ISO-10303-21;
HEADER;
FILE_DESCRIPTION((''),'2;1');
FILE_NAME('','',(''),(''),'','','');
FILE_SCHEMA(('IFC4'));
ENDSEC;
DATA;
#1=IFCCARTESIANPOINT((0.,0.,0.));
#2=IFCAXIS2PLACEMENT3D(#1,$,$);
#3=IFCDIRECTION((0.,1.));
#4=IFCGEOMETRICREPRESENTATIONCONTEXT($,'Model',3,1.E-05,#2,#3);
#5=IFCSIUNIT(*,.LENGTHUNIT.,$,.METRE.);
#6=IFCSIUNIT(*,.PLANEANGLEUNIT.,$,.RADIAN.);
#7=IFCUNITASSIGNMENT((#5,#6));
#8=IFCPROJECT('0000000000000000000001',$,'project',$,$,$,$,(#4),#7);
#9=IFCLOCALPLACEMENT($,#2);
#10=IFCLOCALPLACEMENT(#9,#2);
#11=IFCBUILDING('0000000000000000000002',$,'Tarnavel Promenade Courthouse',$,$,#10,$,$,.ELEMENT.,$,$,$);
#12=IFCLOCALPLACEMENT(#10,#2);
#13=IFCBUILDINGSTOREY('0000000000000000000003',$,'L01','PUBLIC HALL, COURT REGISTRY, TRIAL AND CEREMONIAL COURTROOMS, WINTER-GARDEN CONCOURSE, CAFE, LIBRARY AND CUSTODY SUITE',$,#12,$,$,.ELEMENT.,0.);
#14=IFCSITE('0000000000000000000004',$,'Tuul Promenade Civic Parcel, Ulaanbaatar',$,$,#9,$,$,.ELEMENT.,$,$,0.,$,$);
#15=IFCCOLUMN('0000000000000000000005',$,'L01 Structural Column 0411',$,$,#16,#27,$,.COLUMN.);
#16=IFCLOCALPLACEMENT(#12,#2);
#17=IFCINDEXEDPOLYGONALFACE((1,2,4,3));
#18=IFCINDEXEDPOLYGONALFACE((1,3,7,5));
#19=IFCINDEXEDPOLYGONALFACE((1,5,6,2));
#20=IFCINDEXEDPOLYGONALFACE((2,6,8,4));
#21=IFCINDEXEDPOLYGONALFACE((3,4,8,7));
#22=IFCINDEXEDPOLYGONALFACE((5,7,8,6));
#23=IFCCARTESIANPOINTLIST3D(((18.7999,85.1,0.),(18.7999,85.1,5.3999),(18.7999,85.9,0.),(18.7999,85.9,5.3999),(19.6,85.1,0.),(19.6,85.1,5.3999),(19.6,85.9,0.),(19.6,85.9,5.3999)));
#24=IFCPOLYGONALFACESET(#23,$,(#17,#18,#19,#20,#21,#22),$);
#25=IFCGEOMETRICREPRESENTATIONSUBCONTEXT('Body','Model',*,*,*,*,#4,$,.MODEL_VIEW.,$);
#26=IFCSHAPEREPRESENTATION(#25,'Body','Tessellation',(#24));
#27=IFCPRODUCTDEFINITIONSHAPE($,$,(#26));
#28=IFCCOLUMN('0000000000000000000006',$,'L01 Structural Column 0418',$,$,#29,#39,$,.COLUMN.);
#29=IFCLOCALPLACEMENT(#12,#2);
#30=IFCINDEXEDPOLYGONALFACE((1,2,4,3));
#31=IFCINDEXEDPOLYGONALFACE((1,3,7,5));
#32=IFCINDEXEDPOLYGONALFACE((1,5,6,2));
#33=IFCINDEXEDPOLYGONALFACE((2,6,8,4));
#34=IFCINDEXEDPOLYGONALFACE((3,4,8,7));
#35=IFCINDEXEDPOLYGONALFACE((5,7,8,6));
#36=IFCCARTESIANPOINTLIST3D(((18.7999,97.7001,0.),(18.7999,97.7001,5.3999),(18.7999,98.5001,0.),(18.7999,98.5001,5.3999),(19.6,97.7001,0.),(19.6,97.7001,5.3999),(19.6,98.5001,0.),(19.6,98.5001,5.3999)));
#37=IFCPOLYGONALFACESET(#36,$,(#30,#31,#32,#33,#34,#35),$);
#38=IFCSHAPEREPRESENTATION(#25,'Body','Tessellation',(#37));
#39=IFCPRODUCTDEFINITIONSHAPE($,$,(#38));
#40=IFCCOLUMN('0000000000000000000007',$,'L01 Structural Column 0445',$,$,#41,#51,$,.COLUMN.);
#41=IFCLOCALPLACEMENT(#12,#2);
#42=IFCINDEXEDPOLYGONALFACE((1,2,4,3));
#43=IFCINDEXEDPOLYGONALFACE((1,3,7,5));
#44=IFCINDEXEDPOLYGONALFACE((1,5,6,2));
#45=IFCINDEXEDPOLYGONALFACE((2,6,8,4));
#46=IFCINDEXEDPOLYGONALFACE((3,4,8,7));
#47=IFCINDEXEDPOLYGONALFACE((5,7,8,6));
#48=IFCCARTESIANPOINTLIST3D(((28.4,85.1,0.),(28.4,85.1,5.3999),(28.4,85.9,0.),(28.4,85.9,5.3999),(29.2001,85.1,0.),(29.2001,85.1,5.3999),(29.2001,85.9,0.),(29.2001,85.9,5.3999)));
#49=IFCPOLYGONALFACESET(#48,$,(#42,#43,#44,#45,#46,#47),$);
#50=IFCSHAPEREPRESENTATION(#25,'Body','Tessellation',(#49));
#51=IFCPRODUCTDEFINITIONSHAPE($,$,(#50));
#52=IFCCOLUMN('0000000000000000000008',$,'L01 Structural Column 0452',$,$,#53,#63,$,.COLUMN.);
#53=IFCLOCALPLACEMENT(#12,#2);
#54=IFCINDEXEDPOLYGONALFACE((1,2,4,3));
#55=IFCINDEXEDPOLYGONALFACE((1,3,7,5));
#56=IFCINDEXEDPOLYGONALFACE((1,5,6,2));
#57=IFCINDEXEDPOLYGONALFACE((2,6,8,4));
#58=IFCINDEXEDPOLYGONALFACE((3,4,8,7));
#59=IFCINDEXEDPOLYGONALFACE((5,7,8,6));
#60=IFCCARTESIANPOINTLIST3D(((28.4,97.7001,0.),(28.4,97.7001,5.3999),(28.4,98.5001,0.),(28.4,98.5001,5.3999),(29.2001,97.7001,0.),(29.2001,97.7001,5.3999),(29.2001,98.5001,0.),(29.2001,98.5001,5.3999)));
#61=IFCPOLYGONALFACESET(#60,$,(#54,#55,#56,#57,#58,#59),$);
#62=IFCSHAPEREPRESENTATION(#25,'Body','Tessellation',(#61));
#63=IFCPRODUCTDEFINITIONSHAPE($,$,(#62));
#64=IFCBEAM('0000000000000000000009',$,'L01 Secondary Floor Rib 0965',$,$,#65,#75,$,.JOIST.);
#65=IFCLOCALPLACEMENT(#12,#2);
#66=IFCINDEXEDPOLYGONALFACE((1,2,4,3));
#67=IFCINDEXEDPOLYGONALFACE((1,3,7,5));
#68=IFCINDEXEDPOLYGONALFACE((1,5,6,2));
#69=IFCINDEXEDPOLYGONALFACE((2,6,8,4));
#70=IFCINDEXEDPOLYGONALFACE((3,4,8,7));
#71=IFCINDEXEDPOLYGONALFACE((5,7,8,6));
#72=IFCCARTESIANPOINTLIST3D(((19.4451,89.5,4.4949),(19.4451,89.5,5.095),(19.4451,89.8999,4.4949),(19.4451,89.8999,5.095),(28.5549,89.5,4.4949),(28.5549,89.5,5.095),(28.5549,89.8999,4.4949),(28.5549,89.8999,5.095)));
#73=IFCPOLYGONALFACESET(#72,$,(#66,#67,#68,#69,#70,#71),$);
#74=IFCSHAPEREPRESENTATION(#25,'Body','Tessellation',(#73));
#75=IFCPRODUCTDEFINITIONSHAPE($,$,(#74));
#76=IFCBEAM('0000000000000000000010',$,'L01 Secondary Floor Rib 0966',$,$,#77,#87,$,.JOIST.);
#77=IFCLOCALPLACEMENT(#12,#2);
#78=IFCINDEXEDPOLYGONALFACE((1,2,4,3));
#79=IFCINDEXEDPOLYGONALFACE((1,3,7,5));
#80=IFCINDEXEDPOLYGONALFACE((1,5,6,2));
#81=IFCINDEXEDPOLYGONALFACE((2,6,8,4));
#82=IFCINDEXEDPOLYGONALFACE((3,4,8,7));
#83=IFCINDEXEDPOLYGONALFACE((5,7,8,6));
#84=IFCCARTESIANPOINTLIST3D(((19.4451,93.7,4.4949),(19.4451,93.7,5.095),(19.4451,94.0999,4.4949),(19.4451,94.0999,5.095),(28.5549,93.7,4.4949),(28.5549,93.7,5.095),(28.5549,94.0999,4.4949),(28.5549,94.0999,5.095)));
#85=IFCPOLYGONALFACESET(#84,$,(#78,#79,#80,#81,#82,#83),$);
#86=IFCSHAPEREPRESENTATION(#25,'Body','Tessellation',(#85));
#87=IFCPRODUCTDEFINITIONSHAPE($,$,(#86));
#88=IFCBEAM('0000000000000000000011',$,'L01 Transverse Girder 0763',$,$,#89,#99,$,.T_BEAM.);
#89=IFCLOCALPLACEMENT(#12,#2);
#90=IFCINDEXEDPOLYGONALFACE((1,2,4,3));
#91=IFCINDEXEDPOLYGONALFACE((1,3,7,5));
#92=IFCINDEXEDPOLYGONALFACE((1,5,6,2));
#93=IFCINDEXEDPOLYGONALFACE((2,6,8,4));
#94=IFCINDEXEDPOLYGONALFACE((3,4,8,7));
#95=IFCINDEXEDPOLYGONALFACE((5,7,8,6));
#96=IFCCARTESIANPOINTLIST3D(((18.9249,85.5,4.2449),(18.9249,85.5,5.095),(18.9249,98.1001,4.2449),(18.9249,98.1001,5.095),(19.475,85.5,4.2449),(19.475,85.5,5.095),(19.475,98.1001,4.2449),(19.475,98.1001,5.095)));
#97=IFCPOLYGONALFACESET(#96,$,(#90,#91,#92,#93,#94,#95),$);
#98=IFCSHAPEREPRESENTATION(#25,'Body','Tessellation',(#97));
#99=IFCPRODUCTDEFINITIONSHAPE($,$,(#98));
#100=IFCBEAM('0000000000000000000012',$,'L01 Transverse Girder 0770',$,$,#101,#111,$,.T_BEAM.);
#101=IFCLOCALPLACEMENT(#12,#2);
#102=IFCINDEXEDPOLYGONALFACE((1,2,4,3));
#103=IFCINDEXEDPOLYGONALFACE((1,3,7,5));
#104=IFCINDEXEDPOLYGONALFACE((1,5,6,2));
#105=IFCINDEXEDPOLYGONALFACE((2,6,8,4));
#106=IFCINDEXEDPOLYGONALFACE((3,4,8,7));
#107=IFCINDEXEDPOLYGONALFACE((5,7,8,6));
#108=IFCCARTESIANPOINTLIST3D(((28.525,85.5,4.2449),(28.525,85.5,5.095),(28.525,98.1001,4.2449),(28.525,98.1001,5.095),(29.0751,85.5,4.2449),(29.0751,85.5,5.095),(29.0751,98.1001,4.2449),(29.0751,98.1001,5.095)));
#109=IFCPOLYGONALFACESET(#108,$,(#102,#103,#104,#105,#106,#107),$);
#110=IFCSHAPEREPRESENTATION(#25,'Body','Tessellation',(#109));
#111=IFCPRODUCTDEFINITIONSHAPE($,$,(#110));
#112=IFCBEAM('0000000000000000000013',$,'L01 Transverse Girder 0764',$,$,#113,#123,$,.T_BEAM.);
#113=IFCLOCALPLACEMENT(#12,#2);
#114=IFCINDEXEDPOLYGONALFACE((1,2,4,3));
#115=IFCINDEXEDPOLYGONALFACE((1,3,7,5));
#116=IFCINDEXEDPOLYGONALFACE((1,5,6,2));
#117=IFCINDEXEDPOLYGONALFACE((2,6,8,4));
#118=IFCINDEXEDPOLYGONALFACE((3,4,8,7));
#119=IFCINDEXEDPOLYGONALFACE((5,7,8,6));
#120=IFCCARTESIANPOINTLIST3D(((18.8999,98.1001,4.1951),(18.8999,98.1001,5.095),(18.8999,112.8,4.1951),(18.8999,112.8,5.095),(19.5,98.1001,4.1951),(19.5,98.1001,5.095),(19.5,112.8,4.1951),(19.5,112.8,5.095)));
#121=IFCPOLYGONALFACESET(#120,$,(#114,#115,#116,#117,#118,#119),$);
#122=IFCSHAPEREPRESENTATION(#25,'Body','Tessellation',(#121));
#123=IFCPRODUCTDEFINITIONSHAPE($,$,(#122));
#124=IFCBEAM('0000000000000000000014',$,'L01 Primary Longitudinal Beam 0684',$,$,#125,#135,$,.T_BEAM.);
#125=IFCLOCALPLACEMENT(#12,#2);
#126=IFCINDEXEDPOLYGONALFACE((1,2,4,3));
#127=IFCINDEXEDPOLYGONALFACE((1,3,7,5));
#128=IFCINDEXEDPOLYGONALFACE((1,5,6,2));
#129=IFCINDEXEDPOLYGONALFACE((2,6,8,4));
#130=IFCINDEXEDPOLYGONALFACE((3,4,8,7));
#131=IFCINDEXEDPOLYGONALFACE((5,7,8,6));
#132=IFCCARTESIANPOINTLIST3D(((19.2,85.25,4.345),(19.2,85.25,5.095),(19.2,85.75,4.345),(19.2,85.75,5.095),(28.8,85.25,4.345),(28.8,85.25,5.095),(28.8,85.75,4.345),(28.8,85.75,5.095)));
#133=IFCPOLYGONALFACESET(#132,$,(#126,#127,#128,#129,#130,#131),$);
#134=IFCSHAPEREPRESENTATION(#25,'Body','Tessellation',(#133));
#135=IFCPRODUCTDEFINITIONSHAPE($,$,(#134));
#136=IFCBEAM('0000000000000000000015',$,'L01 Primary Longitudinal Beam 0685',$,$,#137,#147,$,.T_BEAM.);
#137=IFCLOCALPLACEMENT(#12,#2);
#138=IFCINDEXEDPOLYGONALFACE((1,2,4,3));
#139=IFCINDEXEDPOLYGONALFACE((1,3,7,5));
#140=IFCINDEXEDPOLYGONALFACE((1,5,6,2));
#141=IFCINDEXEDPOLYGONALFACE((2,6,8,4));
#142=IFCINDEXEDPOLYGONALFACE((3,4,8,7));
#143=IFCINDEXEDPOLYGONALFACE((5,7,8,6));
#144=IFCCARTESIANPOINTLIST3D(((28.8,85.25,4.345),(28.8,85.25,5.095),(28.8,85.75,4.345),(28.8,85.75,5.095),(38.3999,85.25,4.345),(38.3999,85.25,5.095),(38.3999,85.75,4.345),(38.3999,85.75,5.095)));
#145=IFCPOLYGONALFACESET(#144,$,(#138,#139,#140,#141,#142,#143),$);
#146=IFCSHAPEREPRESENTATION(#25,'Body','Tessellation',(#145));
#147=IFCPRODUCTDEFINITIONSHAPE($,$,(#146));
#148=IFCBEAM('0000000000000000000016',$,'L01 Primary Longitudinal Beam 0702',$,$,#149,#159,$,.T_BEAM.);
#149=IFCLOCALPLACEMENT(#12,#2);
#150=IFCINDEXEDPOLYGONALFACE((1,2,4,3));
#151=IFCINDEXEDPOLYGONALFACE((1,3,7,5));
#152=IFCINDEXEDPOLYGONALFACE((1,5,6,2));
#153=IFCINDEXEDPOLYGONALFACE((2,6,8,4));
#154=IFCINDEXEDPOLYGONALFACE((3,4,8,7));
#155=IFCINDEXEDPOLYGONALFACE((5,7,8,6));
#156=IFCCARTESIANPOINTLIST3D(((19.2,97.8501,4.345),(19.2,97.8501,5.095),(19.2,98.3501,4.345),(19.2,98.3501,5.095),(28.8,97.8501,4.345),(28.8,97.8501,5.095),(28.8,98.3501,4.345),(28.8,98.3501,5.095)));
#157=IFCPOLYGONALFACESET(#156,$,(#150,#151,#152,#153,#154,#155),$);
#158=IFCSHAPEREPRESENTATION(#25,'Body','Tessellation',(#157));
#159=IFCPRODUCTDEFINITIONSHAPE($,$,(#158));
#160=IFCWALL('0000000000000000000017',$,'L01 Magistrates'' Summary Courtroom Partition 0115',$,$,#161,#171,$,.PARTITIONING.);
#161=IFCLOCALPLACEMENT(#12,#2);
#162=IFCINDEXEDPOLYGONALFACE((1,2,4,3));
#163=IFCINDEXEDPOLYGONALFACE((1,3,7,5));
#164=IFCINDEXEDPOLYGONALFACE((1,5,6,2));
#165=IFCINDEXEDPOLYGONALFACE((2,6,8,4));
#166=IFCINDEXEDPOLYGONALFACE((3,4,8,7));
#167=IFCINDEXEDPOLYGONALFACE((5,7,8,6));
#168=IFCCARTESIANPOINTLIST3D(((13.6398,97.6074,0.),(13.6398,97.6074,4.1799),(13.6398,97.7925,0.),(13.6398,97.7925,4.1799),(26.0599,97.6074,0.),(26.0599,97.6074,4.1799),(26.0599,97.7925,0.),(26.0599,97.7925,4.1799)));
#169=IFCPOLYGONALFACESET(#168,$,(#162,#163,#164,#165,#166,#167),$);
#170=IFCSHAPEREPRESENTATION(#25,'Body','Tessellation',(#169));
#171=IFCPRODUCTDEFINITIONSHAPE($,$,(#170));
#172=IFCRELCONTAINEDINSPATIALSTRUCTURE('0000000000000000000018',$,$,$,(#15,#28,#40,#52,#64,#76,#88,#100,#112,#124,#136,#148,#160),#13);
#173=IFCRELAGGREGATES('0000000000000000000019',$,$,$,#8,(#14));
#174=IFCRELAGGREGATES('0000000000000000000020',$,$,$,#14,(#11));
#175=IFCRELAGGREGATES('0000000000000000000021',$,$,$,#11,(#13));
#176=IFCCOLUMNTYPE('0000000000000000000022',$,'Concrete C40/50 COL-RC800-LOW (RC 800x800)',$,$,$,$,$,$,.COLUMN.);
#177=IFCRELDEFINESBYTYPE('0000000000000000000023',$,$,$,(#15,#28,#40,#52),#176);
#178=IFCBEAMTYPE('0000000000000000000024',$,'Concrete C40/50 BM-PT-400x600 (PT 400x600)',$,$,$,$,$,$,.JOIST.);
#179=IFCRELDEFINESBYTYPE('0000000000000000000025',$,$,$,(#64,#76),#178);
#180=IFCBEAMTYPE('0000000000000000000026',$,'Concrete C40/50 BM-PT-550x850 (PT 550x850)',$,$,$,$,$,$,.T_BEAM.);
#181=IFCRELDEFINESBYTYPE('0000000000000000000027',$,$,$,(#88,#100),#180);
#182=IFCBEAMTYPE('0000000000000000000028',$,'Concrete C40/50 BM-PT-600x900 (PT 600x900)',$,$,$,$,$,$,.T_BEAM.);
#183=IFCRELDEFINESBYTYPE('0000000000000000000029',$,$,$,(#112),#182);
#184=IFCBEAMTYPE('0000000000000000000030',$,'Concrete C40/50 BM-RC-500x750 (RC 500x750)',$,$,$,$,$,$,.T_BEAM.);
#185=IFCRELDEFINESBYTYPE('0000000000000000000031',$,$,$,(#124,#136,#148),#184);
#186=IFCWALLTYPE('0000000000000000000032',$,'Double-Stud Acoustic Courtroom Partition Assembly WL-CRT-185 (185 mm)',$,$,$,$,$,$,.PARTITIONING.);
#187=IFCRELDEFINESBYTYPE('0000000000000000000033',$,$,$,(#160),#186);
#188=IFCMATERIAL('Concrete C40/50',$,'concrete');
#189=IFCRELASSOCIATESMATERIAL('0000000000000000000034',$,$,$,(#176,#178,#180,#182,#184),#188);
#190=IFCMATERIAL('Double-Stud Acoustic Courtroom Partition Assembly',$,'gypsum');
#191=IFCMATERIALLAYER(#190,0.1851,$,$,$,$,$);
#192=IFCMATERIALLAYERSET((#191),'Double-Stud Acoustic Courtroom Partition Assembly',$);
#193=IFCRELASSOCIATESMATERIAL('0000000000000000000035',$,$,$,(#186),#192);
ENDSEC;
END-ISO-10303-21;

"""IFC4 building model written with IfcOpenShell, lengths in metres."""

from ifc_helpers import new_model, si_unit, direction, frame, frame_2d, origin, origin_2d, place, context, subcontext, project, spatial, rectangle, extrude, material, layer, layer_set, material_profile, profile_set, type_object, element, save


model = new_model("IFC4")

# Units and contexts
model_context = context("Model", 3, precision=1e-05, world=origin(), true_north=direction((0.0, 1.0)))
body_context = subcontext(model_context, "Body", "Model", "MODEL_VIEW")
ifc_project = project(units=[si_unit("LENGTHUNIT", "METRE"), si_unit("PLANEANGLEUNIT", "RADIAN")], contexts=[model_context])

# Site, building, storey
site_placement = place(None, origin())
site = spatial("IfcSite", under=ifc_project, at=site_placement, Name="Tuul Promenade Civic Parcel, Ulaanbaatar", CompositionType="ELEMENT", RefElevation=0.0)
building_placement = place(site_placement, origin())
building = spatial("IfcBuilding", under=site, at=building_placement, Name="Tarnavel Promenade Courthouse", CompositionType="ELEMENT")
storey_placement = place(building_placement, origin())
storey = spatial("IfcBuildingStorey", under=building, at=storey_placement, Name="L01", Description="PUBLIC HALL, COURT REGISTRY, TRIAL AND CEREMONIAL COURTROOMS, WINTER-GARDEN CONCOURSE, CAFE, LIBRARY AND CUSTODY SUITE", CompositionType="ELEMENT", Elevation=0.0)

# Columns
ifc_material_1 = material(Name="Concrete C40/50", Category="concrete")
ifc_material_profile_1 = material_profile(ifc_material_1, rectangle(XDim=0.8, YDim=0.8, at=origin_2d()), Name="RC 800x800")
ifc_profile_set_1 = profile_set([ifc_material_profile_1], Name="Concrete C40/50")
column_type = type_object("IfcColumnType", Name="Concrete C40/50 COL-RC800-LOW (RC 800x800)", PredefinedType="COLUMN", material=ifc_profile_set_1)
for number, where, z_axis, x_axis, name in (
    (1, (19.2, 85.5, 0.0), (0.0, 0.0, 1.0), (1.0, 0.0, 0.0), "L01 Structural Column 0411"),
    (2, (19.2, 98.1001, 0.0), (0.0, 0.0, 1.0), (1.0, 0.0, 0.0), "L01 Structural Column 0418"),
    (3, (28.8, 85.5, 0.0), (0.0, 0.0, 1.0), (1.0, 0.0, 0.0), "L01 Structural Column 0445"),
    (4, (28.8, 98.1001, 0.0), (0.0, 0.0, 1.0), (1.0, 0.0, 0.0), "L01 Structural Column 0452"),
):
    element("IfcColumn", number, at=place(storey_placement, frame(where, z_axis=z_axis, x_axis=x_axis)), inside=storey, type_object=column_type, Name=name, PredefinedType="COLUMN", context=body_context, shape_type="SweptSolid", body=[
        extrude(rectangle(XDim=0.8, YDim=0.8, at=origin_2d()), origin(), (0.0, 0.0, 1.0), 5.3999),
    ])

# Beams
ifc_material_profile_2 = material_profile(ifc_material_1, rectangle(XDim=0.3999, YDim=0.6001, at=origin_2d()), Name="PT 400x600")
ifc_profile_set_2 = profile_set([ifc_material_profile_2], Name="Concrete C40/50")
beam_type_1 = type_object("IfcBeamType", Name="Concrete C40/50 BM-PT-400x600 (PT 400x600)", PredefinedType="JOIST", material=ifc_profile_set_2)
for number, where, z_axis, x_axis, name in (
    (5, (19.4451, 89.7, 4.7949), (1.0, 0.0, 0.0), (0.0, 1.0, 0.0), "L01 Secondary Floor Rib 0965"),
    (6, (19.4451, 93.8999, 4.7949), (1.0, 0.0, 0.0), (0.0, 1.0, 0.0), "L01 Secondary Floor Rib 0966"),
):
    element("IfcBeam", number, at=place(storey_placement, frame(where, z_axis=z_axis, x_axis=x_axis)), inside=storey, type_object=beam_type_1, Name=name, PredefinedType="JOIST", context=body_context, shape_type="SweptSolid", body=[
        extrude(rectangle(XDim=0.3999, YDim=0.6001, at=origin_2d()), origin(), (0.0, 0.0, 1.0), 9.1099),
    ])
ifc_material_profile_3 = material_profile(ifc_material_1, rectangle(XDim=0.55, YDim=0.8501, at=origin_2d()), Name="PT 550x850")
ifc_profile_set_3 = profile_set([ifc_material_profile_3], Name="Concrete C40/50")
beam_type_2 = type_object("IfcBeamType", Name="Concrete C40/50 BM-PT-550x850 (PT 550x850)", PredefinedType="T_BEAM", material=ifc_profile_set_3)
for number, where, z_axis, x_axis, name in (
    (7, (19.2, 85.5, 4.6699), (0.0, 1.0, 0.0), (-1.0, 0.0, 0.0), "L01 Transverse Girder 0763"),
    (8, (28.8, 85.5, 4.6699), (0.0, 1.0, 0.0), (-1.0, 0.0, 0.0), "L01 Transverse Girder 0770"),
):
    element("IfcBeam", number, at=place(storey_placement, frame(where, z_axis=z_axis, x_axis=x_axis)), inside=storey, type_object=beam_type_2, Name=name, PredefinedType="T_BEAM", context=body_context, shape_type="SweptSolid", body=[
        extrude(rectangle(XDim=0.55, YDim=0.8501, at=origin_2d()), origin(), (0.0, 0.0, 1.0), 12.6001),
    ])
ifc_material_profile_4 = material_profile(ifc_material_1, rectangle(XDim=0.6001, YDim=0.8999, at=origin_2d()), Name="PT 600x900")
ifc_profile_set_4 = profile_set([ifc_material_profile_4], Name="Concrete C40/50")
beam_type_3 = type_object("IfcBeamType", Name="Concrete C40/50 BM-PT-600x900 (PT 600x900)", PredefinedType="T_BEAM", material=ifc_profile_set_4)
beam_1_placement = place(storey_placement, frame((19.2, 98.1001, 4.645), z_axis=(0.0, 1.0, 0.0), x_axis=(-1.0, 0.0, 0.0)))
element("IfcBeam", 9, at=beam_1_placement, inside=storey, type_object=beam_type_3, Name="L01 Transverse Girder 0764", PredefinedType="T_BEAM", context=body_context, shape_type="SweptSolid", body=[
    extrude(rectangle(XDim=0.6001, YDim=0.8999, at=origin_2d()), origin(), (0.0, 0.0, 1.0), 14.7),
])
ifc_material_profile_5 = material_profile(ifc_material_1, rectangle(XDim=0.5, YDim=0.75, at=origin_2d()), Name="RC 500x750")
ifc_profile_set_5 = profile_set([ifc_material_profile_5], Name="Concrete C40/50")
beam_type_4 = type_object("IfcBeamType", Name="Concrete C40/50 BM-RC-500x750 (RC 500x750)", PredefinedType="T_BEAM", material=ifc_profile_set_5)
beam_2_placement = place(storey_placement, frame((19.2, 85.5, 4.72), z_axis=(1.0, 0.0, 0.0), x_axis=(0.0, 1.0, 0.0)))
element("IfcBeam", 10, at=beam_2_placement, inside=storey, type_object=beam_type_4, Name="L01 Primary Longitudinal Beam 0684", PredefinedType="T_BEAM", context=body_context, shape_type="SweptSolid", body=[
    extrude(rectangle(XDim=0.5, YDim=0.75, at=origin_2d()), origin(), (0.0, 0.0, 1.0), 9.6001),
])
beam_3_placement = place(storey_placement, frame((28.8, 85.5, 4.72), z_axis=(1.0, 0.0, 0.0), x_axis=(0.0, 1.0, 0.0)))
element("IfcBeam", 11, at=beam_3_placement, inside=storey, type_object=beam_type_4, Name="L01 Primary Longitudinal Beam 0685", PredefinedType="T_BEAM", context=body_context, shape_type="SweptSolid", body=[
    extrude(rectangle(XDim=0.5, YDim=0.75, at=origin_2d()), origin(), (0.0, 0.0, 1.0), 9.5999),
])
beam_4_placement = place(storey_placement, frame((19.2, 98.1001, 4.72), z_axis=(1.0, 0.0, 0.0), x_axis=(0.0, 1.0, 0.0)))
element("IfcBeam", 12, at=beam_4_placement, inside=storey, type_object=beam_type_4, Name="L01 Primary Longitudinal Beam 0702", PredefinedType="T_BEAM", context=body_context, shape_type="SweptSolid", body=[
    extrude(rectangle(XDim=0.5, YDim=0.75, at=origin_2d()), origin(), (0.0, 0.0, 1.0), 9.6001),
])

# Wall
ifc_material_2 = material(Name="Double-Stud Acoustic Courtroom Partition Assembly", Category="gypsum")
ifc_layer_1 = layer(ifc_material_2, 0.1851)
ifc_layer_set_1 = layer_set([ifc_layer_1], Name="Double-Stud Acoustic Courtroom Partition Assembly")
wall_type_1 = type_object("IfcWallType", Name="Double-Stud Acoustic Courtroom Partition Assembly WL-CRT-185 (185 mm)", PredefinedType="PARTITIONING", material=ifc_layer_set_1)
wall_1_placement = place(storey_placement, frame((13.6399, 97.7, 0.0), z_axis=(0.0, 0.0, 1.0), x_axis=(1.0, 0.0, 0.0)))
element("IfcWall", 13, at=wall_1_placement, inside=storey, type_object=wall_type_1, Name="L01 Magistrates' Summary Courtroom Partition 0115", PredefinedType="PARTITIONING", context=body_context, shape_type="SweptSolid", body=[
    extrude(rectangle(XDim=12.4202, YDim=0.1851, at=frame_2d((6.21, 0.0))), origin(), (0.0, 0.0, 1.0), 4.1799),
])

save(model, "model.ifc")
